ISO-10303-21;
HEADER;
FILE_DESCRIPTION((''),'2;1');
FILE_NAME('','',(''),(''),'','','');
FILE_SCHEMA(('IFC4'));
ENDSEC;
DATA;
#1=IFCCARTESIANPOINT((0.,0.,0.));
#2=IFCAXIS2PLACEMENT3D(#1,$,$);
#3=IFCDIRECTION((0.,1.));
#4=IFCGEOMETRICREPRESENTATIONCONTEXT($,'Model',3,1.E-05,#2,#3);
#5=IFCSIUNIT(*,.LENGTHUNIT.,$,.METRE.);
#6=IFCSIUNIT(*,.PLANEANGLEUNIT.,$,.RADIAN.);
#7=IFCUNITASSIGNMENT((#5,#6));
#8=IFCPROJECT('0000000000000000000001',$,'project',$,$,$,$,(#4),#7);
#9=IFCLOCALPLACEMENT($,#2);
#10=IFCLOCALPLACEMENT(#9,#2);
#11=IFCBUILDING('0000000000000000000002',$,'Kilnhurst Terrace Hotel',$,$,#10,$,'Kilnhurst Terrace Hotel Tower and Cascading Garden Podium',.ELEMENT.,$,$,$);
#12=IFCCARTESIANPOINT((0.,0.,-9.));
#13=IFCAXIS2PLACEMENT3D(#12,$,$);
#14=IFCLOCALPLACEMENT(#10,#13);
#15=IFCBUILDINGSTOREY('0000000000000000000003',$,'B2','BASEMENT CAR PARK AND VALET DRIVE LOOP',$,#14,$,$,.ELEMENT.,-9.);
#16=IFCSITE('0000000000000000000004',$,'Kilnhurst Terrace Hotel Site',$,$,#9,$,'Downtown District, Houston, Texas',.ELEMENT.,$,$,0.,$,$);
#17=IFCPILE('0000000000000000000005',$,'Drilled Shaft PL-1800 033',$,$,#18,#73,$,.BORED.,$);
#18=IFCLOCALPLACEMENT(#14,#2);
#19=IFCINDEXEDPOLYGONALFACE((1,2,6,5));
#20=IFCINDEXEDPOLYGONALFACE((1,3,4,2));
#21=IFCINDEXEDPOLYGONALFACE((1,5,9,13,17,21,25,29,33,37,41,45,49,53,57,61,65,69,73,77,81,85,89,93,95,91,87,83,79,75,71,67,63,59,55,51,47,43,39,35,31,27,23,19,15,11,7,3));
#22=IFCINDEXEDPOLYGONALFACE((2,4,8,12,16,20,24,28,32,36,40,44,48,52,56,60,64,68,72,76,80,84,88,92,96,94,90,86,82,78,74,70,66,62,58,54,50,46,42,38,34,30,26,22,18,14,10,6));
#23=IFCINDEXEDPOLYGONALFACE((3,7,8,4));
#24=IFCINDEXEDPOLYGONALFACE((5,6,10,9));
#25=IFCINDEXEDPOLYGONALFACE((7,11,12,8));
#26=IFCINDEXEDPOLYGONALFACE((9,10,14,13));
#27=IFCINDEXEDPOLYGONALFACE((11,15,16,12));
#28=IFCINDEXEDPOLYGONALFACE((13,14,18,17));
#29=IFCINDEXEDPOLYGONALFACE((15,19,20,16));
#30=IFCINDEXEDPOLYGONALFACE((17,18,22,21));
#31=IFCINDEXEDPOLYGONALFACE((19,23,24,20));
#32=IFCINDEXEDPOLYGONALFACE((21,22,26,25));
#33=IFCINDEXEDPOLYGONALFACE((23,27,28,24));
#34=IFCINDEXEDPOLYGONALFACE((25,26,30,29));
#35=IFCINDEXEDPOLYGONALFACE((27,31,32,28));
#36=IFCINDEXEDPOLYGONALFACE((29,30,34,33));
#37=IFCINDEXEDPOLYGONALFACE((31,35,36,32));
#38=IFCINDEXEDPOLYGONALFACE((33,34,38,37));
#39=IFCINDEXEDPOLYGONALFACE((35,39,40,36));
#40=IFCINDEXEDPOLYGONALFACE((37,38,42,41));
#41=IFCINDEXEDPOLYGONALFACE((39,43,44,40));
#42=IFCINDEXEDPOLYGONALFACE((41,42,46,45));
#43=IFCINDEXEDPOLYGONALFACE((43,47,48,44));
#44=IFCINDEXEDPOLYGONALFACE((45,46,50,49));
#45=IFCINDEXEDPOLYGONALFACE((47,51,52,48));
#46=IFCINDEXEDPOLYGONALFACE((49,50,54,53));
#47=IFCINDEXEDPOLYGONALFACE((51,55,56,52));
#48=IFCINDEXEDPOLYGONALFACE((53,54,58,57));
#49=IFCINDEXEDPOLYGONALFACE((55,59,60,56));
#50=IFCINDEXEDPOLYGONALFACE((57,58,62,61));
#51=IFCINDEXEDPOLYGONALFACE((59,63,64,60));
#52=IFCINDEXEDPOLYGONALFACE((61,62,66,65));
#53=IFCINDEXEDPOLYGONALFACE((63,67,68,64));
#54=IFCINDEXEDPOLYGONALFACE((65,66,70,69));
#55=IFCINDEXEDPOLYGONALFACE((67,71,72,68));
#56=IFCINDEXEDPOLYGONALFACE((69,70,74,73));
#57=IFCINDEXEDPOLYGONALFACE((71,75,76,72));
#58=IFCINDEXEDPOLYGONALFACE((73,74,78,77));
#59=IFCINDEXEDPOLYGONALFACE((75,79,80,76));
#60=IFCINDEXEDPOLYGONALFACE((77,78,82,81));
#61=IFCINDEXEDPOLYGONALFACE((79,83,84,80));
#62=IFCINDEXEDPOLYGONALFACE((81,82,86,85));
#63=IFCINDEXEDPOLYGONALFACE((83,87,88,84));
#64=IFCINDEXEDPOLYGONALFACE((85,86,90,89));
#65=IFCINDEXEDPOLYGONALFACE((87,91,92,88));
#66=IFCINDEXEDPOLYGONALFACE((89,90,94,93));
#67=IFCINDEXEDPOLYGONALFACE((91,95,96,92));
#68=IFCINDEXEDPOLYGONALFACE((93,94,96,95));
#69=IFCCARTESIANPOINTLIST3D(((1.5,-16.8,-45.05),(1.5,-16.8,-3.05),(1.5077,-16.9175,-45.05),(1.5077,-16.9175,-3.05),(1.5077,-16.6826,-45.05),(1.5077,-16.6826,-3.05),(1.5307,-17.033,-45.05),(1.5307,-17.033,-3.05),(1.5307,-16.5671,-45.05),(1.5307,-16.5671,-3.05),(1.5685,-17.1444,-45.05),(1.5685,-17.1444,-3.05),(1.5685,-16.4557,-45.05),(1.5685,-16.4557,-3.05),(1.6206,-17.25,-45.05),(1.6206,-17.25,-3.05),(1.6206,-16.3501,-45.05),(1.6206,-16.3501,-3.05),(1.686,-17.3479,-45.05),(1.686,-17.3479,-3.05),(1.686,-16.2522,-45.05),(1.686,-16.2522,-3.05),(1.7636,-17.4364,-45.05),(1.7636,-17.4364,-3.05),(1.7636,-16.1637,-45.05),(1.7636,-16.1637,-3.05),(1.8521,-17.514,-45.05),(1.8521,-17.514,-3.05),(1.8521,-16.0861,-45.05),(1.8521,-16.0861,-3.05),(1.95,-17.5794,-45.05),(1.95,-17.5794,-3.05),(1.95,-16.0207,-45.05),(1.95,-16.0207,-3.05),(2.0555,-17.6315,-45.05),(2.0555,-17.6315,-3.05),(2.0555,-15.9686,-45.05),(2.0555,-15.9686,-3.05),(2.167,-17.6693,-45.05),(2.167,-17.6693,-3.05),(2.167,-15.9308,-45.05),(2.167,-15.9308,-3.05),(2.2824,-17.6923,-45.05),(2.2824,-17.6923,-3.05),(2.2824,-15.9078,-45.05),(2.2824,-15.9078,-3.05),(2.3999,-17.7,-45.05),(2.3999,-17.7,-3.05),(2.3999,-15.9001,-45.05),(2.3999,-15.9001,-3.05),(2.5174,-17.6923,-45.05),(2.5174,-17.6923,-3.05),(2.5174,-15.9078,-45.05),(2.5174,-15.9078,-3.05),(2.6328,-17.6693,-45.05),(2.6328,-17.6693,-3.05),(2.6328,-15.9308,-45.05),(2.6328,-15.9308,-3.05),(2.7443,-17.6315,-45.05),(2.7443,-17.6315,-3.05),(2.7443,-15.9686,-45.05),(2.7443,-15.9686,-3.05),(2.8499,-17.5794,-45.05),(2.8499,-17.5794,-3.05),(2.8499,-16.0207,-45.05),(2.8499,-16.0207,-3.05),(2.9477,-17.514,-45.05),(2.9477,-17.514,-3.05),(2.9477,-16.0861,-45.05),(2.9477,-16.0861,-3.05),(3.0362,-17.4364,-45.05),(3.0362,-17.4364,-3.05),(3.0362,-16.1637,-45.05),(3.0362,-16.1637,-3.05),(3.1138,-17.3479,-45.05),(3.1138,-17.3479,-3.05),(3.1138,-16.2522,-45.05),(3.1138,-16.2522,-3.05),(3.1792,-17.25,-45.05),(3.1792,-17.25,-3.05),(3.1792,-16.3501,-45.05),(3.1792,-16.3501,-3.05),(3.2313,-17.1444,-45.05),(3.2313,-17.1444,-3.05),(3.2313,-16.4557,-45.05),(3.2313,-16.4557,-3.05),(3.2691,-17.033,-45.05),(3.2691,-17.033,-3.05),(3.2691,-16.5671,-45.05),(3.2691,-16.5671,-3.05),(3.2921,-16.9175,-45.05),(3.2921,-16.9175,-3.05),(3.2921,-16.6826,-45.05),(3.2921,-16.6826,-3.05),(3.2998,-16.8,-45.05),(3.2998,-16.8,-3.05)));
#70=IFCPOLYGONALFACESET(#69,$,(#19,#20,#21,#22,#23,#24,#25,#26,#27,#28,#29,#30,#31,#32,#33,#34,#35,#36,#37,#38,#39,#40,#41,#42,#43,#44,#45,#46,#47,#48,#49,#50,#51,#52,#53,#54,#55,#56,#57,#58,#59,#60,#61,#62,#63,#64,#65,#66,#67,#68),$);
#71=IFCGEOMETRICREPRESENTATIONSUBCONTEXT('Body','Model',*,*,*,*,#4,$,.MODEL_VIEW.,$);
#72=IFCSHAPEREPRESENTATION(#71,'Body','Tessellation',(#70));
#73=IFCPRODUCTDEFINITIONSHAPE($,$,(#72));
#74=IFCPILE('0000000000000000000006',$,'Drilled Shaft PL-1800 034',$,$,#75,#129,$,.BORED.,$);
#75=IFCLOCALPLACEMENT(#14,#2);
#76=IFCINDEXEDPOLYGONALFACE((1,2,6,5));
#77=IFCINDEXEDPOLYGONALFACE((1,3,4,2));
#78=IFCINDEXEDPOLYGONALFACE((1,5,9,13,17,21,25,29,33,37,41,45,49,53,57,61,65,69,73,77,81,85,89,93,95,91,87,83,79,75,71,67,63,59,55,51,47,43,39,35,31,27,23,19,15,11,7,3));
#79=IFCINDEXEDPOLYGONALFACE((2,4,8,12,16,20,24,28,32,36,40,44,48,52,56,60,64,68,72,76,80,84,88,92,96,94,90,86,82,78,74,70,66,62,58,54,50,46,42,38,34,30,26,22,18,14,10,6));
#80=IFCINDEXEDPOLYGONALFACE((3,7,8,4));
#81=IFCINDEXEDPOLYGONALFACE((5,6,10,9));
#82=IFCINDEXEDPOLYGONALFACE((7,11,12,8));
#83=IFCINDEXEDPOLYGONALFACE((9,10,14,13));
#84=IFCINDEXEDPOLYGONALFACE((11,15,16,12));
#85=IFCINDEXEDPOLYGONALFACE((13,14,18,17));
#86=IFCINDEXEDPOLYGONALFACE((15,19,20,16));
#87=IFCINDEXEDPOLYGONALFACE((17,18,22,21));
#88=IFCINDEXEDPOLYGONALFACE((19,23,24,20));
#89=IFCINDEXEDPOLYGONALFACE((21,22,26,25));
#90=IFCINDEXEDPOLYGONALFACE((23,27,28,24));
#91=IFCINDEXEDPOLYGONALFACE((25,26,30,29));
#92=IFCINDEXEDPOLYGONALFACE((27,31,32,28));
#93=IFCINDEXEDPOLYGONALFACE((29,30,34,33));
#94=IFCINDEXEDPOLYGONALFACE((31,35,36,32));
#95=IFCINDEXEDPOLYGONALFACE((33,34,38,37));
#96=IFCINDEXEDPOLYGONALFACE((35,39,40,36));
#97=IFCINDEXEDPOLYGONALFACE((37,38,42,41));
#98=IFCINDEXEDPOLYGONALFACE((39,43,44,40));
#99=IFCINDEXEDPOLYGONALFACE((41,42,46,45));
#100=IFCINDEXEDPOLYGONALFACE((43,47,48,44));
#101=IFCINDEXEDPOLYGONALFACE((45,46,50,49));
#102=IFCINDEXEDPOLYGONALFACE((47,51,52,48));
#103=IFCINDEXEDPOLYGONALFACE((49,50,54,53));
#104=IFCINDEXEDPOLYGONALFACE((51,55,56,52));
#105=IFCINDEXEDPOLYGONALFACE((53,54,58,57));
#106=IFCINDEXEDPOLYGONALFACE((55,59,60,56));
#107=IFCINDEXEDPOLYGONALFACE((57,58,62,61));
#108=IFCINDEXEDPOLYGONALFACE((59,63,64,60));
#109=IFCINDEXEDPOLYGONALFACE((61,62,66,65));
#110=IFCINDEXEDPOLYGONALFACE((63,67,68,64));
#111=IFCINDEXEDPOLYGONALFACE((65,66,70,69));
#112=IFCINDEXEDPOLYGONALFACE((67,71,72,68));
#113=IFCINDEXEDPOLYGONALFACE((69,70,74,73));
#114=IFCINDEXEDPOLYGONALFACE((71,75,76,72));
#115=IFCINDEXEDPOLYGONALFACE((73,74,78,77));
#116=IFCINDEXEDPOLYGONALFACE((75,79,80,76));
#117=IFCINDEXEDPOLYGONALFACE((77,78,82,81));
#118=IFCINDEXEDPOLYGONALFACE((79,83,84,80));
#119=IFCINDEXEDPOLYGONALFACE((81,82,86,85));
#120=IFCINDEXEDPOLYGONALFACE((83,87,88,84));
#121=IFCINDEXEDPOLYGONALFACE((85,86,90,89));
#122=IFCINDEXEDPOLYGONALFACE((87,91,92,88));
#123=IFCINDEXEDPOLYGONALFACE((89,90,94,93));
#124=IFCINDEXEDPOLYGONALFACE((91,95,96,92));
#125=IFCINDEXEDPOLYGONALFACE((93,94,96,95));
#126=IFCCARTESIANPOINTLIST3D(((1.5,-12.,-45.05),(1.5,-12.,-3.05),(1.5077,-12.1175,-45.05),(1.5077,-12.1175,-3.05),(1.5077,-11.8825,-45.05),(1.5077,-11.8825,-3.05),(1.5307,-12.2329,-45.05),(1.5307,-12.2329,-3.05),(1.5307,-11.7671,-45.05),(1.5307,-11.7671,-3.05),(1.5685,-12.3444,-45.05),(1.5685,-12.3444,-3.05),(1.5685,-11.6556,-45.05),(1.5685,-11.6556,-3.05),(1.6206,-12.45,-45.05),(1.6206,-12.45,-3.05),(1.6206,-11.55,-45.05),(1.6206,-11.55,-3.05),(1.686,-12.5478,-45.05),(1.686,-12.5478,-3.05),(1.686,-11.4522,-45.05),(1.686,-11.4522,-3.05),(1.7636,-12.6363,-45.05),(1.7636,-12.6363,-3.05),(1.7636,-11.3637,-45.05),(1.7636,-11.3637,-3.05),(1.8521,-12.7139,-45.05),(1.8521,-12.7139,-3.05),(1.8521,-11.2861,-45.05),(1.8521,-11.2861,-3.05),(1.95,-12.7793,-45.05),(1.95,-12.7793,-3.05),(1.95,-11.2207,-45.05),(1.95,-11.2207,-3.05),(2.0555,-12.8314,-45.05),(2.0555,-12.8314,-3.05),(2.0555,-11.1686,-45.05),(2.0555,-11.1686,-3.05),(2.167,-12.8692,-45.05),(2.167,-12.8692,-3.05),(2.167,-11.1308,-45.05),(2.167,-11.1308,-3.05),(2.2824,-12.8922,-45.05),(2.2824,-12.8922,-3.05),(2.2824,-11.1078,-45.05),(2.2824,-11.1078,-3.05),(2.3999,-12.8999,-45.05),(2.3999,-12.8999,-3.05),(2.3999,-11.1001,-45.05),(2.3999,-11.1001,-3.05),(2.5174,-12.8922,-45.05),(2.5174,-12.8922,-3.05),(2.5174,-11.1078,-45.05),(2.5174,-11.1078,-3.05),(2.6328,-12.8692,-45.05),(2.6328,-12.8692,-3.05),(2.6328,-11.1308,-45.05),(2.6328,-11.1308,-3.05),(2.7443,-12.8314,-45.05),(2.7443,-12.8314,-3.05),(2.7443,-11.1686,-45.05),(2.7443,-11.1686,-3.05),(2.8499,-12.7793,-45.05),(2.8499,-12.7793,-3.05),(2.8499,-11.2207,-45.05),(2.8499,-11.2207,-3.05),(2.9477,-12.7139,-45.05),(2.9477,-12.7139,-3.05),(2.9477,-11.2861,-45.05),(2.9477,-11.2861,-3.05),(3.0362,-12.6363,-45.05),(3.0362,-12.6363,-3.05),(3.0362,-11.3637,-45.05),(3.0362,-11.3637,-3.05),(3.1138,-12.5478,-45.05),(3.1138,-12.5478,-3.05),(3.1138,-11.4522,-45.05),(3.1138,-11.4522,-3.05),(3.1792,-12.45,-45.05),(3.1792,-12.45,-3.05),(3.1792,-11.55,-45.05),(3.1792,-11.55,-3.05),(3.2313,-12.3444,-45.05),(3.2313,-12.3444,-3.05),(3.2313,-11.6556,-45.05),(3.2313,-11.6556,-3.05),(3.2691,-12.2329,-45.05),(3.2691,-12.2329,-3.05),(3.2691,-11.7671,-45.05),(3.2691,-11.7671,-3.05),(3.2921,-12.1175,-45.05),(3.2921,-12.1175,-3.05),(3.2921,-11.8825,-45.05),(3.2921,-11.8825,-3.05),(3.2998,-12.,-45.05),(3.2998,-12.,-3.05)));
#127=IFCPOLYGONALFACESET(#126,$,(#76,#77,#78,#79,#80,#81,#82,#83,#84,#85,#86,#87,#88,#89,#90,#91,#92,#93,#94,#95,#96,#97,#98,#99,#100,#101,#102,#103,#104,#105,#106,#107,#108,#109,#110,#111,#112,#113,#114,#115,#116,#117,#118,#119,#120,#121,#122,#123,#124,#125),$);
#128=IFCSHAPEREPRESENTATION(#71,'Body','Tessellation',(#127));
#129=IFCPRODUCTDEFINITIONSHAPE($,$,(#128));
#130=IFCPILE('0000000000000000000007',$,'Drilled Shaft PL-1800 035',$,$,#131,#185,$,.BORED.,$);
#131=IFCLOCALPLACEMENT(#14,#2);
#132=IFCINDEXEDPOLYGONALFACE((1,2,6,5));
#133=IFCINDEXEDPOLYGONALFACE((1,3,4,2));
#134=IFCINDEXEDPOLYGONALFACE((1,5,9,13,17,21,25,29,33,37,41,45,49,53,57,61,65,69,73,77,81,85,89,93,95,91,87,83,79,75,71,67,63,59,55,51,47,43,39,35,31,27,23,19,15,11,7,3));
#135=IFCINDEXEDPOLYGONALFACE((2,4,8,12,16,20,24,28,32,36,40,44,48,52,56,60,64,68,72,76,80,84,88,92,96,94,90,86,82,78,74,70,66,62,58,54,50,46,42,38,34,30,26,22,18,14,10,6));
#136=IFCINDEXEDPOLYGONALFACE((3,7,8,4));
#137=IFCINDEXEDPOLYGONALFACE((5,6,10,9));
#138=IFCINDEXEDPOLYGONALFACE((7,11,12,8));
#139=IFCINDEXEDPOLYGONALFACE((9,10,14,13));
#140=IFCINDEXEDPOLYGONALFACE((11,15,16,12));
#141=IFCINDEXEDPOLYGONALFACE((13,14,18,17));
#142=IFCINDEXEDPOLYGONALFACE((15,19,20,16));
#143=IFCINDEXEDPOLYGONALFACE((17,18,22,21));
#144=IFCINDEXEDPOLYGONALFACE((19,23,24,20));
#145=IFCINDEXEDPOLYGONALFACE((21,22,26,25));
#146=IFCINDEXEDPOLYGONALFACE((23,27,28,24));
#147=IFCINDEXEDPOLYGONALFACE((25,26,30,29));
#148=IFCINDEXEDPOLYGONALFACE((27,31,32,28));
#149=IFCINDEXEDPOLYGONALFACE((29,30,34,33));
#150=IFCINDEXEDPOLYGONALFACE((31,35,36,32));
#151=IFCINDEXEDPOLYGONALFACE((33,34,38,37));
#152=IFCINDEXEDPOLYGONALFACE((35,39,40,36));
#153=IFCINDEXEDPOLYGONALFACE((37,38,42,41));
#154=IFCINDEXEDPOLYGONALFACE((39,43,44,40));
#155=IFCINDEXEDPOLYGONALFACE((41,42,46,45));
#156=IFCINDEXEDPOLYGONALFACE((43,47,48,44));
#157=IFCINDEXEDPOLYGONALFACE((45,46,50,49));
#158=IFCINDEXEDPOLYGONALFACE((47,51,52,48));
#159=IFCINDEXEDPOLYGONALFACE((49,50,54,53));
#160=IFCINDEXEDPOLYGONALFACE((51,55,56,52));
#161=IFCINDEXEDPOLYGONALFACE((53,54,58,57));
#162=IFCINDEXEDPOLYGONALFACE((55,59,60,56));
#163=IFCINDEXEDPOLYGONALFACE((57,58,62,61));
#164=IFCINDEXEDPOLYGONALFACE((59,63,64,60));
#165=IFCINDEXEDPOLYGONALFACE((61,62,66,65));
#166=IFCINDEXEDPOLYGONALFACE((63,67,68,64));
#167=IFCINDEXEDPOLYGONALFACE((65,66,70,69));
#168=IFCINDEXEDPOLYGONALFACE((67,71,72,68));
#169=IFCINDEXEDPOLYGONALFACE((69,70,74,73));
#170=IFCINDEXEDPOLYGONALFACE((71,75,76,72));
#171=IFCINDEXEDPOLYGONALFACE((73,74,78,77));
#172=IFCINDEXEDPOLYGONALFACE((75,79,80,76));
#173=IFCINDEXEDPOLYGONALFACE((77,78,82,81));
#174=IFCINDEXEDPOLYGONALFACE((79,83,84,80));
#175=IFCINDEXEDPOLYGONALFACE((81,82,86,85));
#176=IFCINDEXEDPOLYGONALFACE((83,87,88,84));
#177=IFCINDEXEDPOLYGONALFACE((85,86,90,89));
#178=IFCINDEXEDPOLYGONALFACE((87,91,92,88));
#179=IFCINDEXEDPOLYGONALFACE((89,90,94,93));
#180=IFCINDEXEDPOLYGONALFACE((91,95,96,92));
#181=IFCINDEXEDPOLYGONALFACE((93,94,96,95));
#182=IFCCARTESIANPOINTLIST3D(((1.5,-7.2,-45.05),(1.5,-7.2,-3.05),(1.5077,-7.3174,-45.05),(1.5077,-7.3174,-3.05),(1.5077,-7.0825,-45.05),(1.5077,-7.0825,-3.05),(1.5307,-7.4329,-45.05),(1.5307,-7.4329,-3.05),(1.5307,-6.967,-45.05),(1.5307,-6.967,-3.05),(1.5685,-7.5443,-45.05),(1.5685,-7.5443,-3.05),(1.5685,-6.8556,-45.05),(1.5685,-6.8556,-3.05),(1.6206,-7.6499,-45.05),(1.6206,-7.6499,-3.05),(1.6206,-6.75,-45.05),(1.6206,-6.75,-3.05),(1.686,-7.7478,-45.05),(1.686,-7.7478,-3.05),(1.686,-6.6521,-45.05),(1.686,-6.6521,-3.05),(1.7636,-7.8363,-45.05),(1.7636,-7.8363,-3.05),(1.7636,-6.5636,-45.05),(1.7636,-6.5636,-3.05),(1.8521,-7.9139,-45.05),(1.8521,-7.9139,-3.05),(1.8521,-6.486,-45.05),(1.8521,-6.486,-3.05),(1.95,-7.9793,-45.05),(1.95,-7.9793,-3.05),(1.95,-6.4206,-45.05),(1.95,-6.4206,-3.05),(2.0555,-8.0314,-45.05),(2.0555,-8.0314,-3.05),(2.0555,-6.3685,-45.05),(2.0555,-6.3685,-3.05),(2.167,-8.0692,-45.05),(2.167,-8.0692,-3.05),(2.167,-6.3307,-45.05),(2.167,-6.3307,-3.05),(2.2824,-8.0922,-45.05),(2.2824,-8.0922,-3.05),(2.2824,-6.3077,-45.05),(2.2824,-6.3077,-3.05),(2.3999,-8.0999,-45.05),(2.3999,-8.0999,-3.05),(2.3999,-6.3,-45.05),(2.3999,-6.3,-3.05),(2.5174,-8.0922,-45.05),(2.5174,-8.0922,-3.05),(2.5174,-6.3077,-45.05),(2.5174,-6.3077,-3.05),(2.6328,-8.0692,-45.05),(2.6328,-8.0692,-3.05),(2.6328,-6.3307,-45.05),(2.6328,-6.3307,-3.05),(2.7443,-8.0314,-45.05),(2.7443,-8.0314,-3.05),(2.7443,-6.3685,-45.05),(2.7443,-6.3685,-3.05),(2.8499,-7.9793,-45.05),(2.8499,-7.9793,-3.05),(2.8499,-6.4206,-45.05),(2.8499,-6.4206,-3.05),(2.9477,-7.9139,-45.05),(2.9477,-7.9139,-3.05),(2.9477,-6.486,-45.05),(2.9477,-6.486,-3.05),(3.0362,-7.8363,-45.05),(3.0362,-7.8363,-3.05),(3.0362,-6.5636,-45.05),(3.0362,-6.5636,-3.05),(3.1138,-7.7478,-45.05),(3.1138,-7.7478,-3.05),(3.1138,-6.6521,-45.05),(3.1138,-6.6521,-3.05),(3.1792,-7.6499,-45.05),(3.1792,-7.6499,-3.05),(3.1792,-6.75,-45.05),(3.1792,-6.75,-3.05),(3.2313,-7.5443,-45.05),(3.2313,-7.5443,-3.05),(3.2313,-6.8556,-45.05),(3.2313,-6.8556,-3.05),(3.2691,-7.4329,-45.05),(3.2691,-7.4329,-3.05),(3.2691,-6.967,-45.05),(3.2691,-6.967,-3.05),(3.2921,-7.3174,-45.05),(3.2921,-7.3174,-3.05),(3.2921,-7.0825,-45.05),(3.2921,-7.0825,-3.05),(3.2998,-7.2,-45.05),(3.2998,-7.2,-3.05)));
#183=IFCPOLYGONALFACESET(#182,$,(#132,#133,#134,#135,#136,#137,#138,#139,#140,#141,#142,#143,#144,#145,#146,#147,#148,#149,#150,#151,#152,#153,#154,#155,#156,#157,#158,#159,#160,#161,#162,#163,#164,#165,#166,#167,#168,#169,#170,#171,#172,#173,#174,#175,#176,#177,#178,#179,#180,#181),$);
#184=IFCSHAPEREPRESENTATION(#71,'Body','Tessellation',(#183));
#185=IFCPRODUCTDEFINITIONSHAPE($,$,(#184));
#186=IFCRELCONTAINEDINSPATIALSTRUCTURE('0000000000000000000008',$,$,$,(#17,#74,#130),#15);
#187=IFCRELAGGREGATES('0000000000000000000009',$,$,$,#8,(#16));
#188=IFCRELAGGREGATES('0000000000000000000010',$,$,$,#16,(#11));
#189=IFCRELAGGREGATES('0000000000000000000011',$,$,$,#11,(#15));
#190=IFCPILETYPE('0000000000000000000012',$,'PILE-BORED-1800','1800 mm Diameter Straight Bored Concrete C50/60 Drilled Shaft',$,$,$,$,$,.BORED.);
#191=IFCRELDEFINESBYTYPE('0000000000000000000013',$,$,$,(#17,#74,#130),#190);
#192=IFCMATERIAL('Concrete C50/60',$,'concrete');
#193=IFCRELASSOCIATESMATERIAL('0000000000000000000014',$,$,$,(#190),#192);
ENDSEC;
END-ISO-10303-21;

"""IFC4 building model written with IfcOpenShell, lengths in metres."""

from ifc_helpers import new_model, si_unit, direction, frame, origin, origin_2d, place, context, subcontext, project, spatial, circle, extrude, material, material_profile, profile_set, type_object, element, save


model = new_model("IFC4")

# Units and contexts
model_context = context("Model", 3, precision=1e-05, world=origin(), true_north=direction((0.0, 1.0)))
body_context = subcontext(model_context, "Body", "Model", "MODEL_VIEW")
ifc_project = project(units=[si_unit("LENGTHUNIT", "METRE"), si_unit("PLANEANGLEUNIT", "RADIAN")], contexts=[model_context])

# Site, building, storey
site_placement = place(None, origin())
site = spatial("IfcSite", under=ifc_project, at=site_placement, Name="Kilnhurst Terrace Hotel Site", LongName="Downtown District, Houston, Texas", CompositionType="ELEMENT", RefElevation=0.0)
building_placement = place(site_placement, origin())
building = spatial("IfcBuilding", under=site, at=building_placement, Name="Kilnhurst Terrace Hotel", LongName="Kilnhurst Terrace Hotel Tower and Cascading Garden Podium", CompositionType="ELEMENT")
storey_placement = place(building_placement, frame((0.0, 0.0, -9.0)))
storey = spatial("IfcBuildingStorey", under=building, at=storey_placement, Name="B2", Description="BASEMENT CAR PARK AND VALET DRIVE LOOP", CompositionType="ELEMENT", Elevation=-9.0)

# Piles
ifc_material_1 = material(Name="Concrete C50/60", Category="concrete")
ifc_material_profile_1 = material_profile(ifc_material_1, circle(Radius=0.8999, at=origin_2d()), Name="PILE1800")
ifc_profile_set_1 = profile_set([ifc_material_profile_1], Name="Concrete C50/60")
pile_type_1 = type_object("IfcPileType", Name="PILE-BORED-1800", Description="1800 mm Diameter Straight Bored Concrete C50/60 Drilled Shaft", PredefinedType="BORED", material=ifc_profile_set_1)
for number, where, z_axis, x_axis, name in (
    (1, (2.3999, -16.8, -3.05), (0.0, 0.0, -1.0), (1.0, 0.0, 0.0), "Drilled Shaft PL-1800 033"),
    (2, (2.3999, -12.0, -3.05), (0.0, 0.0, -1.0), (1.0, 0.0, 0.0), "Drilled Shaft PL-1800 034"),
    (3, (2.3999, -7.2, -3.05), (0.0, 0.0, -1.0), (1.0, 0.0, 0.0), "Drilled Shaft PL-1800 035"),
):
    element("IfcPile", number, at=place(storey_placement, frame(where, z_axis=z_axis, x_axis=x_axis)), inside=storey, type_object=pile_type_1, Name=name, PredefinedType="BORED", context=body_context, shape_type="SweptSolid", body=[
        extrude(circle(Radius=0.8999, at=origin_2d()), origin(), (0.0, 0.0, 1.0), 42.0),
    ])

save(model, "model.ifc")
